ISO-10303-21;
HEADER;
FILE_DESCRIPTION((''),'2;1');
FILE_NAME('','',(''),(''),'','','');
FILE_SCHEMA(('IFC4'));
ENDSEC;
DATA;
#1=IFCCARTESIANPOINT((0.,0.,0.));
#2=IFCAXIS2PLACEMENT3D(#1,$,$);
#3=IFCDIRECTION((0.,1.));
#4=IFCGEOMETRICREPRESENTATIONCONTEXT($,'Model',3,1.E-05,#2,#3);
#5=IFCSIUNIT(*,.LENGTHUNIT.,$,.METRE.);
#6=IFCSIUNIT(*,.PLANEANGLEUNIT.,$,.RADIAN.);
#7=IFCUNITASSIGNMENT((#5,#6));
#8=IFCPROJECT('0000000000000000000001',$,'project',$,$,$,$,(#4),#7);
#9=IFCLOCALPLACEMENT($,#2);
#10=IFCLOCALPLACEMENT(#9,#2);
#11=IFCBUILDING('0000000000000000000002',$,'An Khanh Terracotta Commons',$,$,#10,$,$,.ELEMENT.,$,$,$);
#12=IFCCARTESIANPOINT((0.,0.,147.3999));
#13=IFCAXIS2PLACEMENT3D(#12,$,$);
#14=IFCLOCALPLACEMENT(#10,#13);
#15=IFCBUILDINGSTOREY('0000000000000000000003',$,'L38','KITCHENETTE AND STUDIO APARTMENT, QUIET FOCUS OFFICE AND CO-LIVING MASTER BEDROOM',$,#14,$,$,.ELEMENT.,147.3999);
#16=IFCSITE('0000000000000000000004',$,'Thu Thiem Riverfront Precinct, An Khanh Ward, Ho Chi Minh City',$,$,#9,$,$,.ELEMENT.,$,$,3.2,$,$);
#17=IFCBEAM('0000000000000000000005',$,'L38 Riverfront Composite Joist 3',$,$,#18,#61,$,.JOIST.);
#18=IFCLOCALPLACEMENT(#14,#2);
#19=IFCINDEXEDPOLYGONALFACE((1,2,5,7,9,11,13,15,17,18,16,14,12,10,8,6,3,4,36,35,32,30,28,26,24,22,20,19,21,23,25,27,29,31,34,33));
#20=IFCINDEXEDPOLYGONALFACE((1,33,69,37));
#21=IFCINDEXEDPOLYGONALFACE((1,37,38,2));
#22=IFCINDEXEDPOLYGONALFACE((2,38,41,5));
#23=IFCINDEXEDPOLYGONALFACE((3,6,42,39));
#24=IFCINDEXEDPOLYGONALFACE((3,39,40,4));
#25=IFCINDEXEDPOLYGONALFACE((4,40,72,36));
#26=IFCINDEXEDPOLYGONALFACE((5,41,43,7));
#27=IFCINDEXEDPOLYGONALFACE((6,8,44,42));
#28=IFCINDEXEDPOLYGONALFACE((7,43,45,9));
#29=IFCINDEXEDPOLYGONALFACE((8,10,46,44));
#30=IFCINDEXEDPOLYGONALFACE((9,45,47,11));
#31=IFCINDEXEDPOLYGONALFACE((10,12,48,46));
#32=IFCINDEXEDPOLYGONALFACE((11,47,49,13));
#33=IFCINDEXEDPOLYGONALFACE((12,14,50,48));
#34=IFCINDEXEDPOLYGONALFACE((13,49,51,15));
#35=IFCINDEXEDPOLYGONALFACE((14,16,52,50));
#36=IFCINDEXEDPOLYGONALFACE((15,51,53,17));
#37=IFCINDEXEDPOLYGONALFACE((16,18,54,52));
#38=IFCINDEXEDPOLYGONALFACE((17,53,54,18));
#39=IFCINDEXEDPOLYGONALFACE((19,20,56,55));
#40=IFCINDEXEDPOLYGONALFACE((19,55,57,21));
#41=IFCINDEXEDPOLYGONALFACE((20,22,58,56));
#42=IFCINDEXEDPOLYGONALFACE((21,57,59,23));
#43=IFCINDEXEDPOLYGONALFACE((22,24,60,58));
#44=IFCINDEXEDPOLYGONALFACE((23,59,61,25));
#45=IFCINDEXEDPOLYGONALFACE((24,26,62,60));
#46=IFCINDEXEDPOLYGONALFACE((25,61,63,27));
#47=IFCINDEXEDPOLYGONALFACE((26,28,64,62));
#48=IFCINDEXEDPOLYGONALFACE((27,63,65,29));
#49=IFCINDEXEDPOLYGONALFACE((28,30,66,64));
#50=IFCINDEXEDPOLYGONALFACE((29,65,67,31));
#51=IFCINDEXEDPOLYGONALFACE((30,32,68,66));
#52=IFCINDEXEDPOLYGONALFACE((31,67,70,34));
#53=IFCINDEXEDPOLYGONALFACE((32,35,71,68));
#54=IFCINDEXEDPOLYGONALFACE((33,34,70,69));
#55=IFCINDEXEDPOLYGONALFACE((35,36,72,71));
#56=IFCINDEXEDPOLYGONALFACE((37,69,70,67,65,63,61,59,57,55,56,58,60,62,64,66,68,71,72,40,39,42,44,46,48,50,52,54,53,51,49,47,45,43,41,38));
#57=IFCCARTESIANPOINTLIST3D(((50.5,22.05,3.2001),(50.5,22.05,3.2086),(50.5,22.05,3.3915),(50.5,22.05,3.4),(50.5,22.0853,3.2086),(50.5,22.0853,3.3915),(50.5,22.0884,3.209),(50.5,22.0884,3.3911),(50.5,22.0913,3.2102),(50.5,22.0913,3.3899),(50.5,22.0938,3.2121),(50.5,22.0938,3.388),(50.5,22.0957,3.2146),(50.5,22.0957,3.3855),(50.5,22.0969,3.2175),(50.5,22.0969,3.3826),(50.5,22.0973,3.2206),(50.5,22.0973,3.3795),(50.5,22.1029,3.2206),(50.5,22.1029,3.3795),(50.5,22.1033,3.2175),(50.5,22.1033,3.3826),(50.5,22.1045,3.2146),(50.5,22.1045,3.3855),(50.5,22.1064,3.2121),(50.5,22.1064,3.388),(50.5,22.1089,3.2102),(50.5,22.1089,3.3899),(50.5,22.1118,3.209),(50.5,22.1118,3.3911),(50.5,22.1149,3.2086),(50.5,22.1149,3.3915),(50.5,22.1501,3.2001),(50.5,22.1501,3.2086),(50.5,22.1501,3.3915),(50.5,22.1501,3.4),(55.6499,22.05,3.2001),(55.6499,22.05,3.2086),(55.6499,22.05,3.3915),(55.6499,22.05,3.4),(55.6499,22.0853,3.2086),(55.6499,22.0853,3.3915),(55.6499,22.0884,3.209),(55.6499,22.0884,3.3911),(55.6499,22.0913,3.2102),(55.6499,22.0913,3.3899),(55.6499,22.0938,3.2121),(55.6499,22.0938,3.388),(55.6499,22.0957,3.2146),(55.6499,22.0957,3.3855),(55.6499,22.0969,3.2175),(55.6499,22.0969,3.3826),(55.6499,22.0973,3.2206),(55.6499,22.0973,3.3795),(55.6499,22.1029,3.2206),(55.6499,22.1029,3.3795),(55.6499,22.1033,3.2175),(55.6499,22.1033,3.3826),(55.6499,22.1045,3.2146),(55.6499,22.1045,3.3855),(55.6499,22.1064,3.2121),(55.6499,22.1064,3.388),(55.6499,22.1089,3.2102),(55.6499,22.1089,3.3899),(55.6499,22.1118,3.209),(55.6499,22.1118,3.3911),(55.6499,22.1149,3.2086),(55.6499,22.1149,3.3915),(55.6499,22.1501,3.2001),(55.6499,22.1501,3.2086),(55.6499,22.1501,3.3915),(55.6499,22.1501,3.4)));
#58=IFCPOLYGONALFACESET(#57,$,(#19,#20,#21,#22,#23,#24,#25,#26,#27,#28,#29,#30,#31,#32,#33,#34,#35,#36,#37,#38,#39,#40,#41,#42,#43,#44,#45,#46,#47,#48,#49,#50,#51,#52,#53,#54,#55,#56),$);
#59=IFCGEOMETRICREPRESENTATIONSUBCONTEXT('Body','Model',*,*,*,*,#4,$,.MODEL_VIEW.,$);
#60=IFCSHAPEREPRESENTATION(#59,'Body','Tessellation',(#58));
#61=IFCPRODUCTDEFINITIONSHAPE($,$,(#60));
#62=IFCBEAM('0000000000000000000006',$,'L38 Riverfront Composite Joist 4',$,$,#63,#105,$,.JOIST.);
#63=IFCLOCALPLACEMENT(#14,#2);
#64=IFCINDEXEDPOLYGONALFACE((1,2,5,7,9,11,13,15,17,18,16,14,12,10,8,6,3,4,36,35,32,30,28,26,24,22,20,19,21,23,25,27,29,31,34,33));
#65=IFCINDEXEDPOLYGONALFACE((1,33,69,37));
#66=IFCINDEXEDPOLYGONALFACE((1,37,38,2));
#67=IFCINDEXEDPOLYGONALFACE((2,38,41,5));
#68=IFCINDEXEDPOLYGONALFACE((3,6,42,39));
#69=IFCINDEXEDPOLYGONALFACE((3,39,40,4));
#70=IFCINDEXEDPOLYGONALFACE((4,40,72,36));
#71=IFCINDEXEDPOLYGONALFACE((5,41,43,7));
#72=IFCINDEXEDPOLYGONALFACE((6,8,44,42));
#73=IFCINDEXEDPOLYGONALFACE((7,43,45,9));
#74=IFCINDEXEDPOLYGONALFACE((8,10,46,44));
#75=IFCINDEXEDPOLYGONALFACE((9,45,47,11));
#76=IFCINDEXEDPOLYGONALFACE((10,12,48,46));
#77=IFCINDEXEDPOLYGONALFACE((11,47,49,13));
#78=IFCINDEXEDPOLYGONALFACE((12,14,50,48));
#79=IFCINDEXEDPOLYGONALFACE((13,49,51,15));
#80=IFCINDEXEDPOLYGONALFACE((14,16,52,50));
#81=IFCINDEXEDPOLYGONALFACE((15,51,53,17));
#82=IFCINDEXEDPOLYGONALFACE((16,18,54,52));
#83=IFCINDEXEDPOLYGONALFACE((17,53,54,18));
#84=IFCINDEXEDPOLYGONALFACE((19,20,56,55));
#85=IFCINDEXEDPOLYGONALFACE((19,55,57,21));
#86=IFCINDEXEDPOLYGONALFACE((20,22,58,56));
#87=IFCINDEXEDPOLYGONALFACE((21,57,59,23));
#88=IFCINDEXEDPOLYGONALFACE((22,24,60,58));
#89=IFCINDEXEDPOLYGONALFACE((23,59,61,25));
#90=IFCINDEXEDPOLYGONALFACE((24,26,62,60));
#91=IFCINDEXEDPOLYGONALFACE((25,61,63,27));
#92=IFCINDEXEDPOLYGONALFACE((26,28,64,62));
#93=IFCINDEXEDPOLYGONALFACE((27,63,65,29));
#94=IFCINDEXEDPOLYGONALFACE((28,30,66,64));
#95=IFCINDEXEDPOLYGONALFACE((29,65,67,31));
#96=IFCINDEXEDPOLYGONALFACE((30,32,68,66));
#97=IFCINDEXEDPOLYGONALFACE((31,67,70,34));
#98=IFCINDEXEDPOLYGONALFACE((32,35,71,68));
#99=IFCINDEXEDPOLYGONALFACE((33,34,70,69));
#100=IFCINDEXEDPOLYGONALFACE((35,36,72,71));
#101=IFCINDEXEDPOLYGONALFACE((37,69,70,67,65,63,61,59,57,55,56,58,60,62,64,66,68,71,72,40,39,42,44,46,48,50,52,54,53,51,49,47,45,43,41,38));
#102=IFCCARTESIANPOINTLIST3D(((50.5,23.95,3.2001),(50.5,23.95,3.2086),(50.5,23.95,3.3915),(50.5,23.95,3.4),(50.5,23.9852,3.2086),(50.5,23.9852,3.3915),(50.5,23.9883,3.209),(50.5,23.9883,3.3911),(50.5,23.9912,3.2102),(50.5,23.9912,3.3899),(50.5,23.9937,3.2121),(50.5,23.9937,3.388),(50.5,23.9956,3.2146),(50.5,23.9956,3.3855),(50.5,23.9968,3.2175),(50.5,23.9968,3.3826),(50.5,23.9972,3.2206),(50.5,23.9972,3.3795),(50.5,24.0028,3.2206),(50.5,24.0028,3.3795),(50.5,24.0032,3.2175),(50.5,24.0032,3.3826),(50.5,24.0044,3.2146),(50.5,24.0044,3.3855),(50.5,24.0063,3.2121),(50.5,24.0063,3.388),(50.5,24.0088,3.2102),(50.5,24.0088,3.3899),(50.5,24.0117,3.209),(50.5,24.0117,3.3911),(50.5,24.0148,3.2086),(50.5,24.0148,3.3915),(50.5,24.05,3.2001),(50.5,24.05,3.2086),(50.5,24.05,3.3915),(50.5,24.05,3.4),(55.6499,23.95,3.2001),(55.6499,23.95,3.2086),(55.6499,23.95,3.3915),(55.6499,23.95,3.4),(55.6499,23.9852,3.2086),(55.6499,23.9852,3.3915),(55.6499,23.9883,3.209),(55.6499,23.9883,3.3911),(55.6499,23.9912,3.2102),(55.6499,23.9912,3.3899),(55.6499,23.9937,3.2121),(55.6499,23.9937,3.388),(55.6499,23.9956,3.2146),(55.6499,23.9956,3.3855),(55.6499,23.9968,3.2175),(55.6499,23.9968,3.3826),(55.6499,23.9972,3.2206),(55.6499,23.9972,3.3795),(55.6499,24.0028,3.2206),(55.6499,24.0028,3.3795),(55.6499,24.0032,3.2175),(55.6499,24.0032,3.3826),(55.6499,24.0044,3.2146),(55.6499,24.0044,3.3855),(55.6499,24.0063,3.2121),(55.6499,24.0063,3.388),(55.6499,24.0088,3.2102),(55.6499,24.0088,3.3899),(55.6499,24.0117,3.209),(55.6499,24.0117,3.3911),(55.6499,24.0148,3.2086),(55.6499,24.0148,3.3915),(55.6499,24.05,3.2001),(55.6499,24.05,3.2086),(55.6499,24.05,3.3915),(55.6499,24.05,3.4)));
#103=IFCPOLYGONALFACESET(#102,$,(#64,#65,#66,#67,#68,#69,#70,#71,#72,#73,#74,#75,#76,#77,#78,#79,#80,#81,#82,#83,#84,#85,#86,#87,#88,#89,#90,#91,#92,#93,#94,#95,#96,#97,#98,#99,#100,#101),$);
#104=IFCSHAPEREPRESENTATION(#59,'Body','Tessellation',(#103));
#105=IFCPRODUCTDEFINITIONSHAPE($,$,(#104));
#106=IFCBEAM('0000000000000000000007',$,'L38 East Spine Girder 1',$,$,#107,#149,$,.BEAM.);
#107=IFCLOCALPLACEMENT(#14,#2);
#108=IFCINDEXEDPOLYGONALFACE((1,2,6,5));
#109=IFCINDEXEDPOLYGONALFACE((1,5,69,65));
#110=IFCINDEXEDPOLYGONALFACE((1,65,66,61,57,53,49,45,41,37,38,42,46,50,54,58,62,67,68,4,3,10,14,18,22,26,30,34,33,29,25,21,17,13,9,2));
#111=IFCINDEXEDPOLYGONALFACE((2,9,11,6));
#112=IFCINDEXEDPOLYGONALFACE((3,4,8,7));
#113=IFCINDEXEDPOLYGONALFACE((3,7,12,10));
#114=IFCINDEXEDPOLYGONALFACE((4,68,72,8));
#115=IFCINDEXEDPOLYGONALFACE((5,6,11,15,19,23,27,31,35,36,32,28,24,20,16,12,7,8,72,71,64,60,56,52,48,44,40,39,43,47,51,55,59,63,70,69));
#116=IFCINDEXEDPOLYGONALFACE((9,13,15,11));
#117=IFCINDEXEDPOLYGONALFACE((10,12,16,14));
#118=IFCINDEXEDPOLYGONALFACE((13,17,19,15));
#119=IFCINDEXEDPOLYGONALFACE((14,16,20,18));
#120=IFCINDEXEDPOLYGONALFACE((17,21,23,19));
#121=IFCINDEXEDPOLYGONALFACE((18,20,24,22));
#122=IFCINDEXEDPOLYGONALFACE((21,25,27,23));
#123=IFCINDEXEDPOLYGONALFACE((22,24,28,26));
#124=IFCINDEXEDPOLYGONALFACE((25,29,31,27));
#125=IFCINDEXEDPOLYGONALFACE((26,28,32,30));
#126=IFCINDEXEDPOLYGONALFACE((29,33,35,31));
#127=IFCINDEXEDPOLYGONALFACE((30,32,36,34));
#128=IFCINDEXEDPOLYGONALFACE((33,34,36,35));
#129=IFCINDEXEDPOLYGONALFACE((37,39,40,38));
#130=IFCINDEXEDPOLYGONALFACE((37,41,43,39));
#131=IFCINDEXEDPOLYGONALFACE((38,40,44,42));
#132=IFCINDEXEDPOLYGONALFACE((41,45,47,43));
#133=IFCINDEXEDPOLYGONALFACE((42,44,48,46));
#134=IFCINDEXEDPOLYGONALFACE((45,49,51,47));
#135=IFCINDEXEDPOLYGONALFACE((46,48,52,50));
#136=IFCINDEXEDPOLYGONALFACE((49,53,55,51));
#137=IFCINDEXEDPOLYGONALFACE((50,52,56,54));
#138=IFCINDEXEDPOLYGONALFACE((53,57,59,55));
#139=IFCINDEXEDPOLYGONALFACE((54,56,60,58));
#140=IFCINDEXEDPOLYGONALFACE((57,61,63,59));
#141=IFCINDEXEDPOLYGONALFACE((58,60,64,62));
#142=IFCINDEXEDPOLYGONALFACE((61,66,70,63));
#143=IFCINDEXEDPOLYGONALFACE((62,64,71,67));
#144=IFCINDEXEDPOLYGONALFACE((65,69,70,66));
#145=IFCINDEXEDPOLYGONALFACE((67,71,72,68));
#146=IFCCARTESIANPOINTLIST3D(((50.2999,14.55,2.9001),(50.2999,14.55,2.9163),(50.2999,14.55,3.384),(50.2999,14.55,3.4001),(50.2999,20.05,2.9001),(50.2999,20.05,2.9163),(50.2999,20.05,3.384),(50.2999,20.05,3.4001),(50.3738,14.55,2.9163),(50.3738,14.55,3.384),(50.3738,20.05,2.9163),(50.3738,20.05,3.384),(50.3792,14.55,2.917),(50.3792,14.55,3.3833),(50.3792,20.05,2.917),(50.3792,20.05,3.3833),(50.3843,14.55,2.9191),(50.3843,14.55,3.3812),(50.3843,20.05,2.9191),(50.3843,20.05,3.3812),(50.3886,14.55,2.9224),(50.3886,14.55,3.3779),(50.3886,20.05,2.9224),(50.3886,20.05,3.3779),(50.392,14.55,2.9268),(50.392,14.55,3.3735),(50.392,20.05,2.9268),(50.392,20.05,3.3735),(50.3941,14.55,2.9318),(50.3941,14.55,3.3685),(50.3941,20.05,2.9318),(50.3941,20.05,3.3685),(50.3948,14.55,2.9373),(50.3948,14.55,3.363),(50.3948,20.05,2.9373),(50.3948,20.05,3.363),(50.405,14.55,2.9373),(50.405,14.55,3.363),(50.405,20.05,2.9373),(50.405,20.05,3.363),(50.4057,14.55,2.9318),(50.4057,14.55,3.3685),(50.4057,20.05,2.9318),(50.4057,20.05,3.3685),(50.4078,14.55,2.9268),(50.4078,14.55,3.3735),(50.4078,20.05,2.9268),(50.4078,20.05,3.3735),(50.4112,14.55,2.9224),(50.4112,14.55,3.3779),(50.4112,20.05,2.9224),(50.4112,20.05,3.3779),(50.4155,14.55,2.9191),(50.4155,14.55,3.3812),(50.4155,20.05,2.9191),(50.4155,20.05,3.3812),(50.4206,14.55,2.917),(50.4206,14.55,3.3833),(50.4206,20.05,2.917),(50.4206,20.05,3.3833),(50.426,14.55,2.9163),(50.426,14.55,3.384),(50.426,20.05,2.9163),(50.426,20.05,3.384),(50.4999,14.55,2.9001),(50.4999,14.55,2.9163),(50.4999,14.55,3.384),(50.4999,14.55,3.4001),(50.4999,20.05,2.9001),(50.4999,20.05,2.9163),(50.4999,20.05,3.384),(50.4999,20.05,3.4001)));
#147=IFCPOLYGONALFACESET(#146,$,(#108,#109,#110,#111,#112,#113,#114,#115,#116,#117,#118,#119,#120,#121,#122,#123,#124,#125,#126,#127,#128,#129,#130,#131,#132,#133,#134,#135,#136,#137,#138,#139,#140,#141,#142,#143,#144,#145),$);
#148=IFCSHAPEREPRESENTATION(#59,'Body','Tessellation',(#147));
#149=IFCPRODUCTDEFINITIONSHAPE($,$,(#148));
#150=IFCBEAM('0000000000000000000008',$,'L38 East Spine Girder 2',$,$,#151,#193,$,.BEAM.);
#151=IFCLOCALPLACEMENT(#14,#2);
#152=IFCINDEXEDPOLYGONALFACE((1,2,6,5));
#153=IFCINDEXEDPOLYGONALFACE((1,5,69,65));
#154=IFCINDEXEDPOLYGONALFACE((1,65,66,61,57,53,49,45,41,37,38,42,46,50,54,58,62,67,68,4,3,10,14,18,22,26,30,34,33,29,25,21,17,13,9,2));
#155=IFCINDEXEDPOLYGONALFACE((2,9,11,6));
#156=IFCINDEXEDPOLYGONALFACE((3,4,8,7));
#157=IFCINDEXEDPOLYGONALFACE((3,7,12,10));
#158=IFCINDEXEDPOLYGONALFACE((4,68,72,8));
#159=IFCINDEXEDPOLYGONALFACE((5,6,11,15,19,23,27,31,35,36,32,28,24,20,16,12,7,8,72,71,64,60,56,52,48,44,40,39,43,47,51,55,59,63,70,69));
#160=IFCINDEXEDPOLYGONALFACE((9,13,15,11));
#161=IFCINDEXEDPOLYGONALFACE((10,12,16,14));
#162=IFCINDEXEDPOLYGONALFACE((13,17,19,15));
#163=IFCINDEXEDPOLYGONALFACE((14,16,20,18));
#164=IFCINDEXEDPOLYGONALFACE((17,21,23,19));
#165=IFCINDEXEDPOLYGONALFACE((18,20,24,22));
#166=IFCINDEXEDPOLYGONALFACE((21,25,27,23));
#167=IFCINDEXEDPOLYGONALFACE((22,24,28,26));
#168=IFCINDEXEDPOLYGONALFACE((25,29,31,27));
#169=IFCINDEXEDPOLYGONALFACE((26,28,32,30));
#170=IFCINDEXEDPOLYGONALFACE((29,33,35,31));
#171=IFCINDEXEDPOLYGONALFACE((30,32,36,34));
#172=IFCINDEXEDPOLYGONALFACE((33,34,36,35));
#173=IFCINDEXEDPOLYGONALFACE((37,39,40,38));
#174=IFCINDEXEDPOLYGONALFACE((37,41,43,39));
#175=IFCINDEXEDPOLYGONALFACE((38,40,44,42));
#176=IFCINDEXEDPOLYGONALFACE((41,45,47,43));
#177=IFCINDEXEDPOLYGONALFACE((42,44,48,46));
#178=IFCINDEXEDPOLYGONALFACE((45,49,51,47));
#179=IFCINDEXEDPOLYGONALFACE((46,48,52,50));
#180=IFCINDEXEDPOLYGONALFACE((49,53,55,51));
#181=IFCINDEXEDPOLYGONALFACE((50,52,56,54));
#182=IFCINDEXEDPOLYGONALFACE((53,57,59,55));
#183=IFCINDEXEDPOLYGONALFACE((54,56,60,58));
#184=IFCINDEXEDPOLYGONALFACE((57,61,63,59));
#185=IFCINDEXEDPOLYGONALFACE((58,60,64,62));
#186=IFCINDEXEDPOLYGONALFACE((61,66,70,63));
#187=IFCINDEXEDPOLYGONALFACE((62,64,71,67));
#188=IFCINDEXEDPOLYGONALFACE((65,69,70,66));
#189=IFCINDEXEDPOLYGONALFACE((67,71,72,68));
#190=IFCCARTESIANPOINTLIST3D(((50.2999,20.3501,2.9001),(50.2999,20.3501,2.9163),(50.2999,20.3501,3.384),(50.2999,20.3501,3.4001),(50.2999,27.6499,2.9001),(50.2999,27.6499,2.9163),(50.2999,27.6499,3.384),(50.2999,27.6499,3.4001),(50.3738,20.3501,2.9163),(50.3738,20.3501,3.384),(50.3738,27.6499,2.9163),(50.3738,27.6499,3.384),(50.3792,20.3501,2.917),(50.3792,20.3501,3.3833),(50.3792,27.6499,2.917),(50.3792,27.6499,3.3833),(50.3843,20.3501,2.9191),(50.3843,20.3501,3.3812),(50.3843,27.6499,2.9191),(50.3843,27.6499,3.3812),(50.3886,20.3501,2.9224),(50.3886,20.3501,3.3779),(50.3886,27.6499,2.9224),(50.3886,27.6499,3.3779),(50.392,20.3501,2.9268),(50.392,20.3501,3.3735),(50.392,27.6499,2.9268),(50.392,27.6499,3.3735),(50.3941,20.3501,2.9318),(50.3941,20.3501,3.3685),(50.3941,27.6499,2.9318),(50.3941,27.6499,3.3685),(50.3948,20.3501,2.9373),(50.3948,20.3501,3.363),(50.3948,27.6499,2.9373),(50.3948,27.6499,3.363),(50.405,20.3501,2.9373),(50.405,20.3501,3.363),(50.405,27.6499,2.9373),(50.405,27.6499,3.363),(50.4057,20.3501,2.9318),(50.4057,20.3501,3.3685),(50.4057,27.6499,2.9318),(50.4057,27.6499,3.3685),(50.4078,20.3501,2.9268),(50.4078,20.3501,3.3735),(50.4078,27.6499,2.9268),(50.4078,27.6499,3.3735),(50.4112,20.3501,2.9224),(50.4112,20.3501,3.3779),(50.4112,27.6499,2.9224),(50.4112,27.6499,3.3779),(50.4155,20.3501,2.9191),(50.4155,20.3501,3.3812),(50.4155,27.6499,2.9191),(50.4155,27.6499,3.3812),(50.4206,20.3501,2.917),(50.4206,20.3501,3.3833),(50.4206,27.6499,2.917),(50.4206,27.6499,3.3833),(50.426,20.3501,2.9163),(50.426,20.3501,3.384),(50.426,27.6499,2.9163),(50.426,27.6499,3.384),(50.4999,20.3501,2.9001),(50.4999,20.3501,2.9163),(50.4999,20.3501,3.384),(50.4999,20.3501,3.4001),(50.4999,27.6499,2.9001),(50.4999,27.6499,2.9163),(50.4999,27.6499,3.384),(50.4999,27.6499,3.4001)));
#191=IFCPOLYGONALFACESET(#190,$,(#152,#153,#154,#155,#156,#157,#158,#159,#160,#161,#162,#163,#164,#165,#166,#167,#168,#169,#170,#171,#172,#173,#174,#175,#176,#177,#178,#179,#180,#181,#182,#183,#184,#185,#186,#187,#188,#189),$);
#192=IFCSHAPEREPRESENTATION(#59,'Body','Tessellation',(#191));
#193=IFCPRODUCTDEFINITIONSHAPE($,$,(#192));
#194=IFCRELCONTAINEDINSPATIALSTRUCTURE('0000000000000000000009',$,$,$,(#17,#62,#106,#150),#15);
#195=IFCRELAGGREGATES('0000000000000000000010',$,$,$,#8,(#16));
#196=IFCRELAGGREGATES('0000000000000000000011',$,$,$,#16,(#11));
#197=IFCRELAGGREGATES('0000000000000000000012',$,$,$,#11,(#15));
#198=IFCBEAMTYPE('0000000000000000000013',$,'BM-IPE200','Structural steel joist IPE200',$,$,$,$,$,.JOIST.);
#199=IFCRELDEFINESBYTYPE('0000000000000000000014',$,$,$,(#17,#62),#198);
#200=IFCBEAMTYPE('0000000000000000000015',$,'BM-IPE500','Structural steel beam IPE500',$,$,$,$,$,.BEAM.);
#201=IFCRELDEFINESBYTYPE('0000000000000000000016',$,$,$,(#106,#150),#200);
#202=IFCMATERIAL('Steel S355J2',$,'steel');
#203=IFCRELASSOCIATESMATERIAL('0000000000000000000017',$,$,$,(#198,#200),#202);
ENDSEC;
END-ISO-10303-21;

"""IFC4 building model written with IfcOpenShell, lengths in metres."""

from ifc_helpers import new_model, si_unit, direction, frame, origin, origin_2d, place, context, subcontext, project, spatial, i_section, extrude, material, material_profile, profile_set, type_object, element, save


model = new_model("IFC4")

# Units and contexts
model_context = context("Model", 3, precision=1e-05, world=origin(), true_north=direction((0.0, 1.0)))
body_context = subcontext(model_context, "Body", "Model", "MODEL_VIEW")
ifc_project = project(units=[si_unit("LENGTHUNIT", "METRE"), si_unit("PLANEANGLEUNIT", "RADIAN")], contexts=[model_context])

# Site, building, storey
site_placement = place(None, origin())
site = spatial("IfcSite", under=ifc_project, at=site_placement, Name="Thu Thiem Riverfront Precinct, An Khanh Ward, Ho Chi Minh City", CompositionType="ELEMENT", RefElevation=3.2)
building_placement = place(site_placement, origin())
building = spatial("IfcBuilding", under=site, at=building_placement, Name="An Khanh Terracotta Commons", CompositionType="ELEMENT")
storey_placement = place(building_placement, frame((0.0, 0.0, 147.3999)))
storey = spatial("IfcBuildingStorey", under=building, at=storey_placement, Name="L38", Description="KITCHENETTE AND STUDIO APARTMENT, QUIET FOCUS OFFICE AND CO-LIVING MASTER BEDROOM", CompositionType="ELEMENT", Elevation=147.3999)

# Beams
ifc_material_1 = material(Name="Steel S355J2", Category="steel")
ifc_material_profile_1 = material_profile(ifc_material_1, i_section(OverallWidth=0.1001, OverallDepth=0.2, WebThickness=0.0056, FlangeThickness=0.0085, FilletRadius=0.012, at=origin_2d()), Name="IPE200")
ifc_profile_set_1 = profile_set([ifc_material_profile_1], Name="Steel S355J2")
beam_type_1 = type_object("IfcBeamType", Name="BM-IPE200", Description="Structural steel joist IPE200", PredefinedType="JOIST", material=ifc_profile_set_1)
for number, where, z_axis, x_axis, name in (
    (1, (50.5, 22.1001, 3.3), (1.0, 0.0, 0.0), (0.0, 1.0, 0.0), "L38 Riverfront Composite Joist 3"),
    (2, (50.5, 24.0, 3.3), (1.0, 0.0, 0.0), (0.0, 1.0, 0.0), "L38 Riverfront Composite Joist 4"),
):
    element("IfcBeam", number, at=place(storey_placement, frame(where, z_axis=z_axis, x_axis=x_axis)), inside=storey, type_object=beam_type_1, Name=name, PredefinedType="JOIST", context=body_context, shape_type="SweptSolid", body=[
        extrude(i_section(OverallWidth=0.1001, OverallDepth=0.2, WebThickness=0.0056, FlangeThickness=0.0085, FilletRadius=0.012, at=origin_2d()), origin(), (0.0, 0.0, 1.0), 5.1499),
    ])
ifc_material_profile_2 = material_profile(ifc_material_1, i_section(OverallWidth=0.2, OverallDepth=0.5, WebThickness=0.0103, FlangeThickness=0.0161, FilletRadius=0.021, at=origin_2d()), Name="IPE500")
ifc_profile_set_2 = profile_set([ifc_material_profile_2], Name="Steel S355J2")
beam_type_2 = type_object("IfcBeamType", Name="BM-IPE500", Description="Structural steel beam IPE500", PredefinedType="BEAM", material=ifc_profile_set_2)
beam_1_placement = place(storey_placement, frame((50.3999, 14.55, 3.1501), z_axis=(0.0, 1.0, 0.0), x_axis=(-1.0, 0.0, 0.0)))
element("IfcBeam", 3, at=beam_1_placement, inside=storey, type_object=beam_type_2, Name="L38 East Spine Girder 1", PredefinedType="BEAM", context=body_context, shape_type="SweptSolid", body=[
    extrude(i_section(OverallWidth=0.2, OverallDepth=0.5, WebThickness=0.0103, FlangeThickness=0.0161, FilletRadius=0.021, at=origin_2d()), origin(), (0.0, 0.0, 1.0), 5.5),
])
beam_2_placement = place(storey_placement, frame((50.3999, 20.3501, 3.1501), z_axis=(0.0, 1.0, 0.0), x_axis=(-1.0, 0.0, 0.0)))
element("IfcBeam", 4, at=beam_2_placement, inside=storey, type_object=beam_type_2, Name="L38 East Spine Girder 2", PredefinedType="BEAM", context=body_context, shape_type="SweptSolid", body=[
    extrude(i_section(OverallWidth=0.2, OverallDepth=0.5, WebThickness=0.0103, FlangeThickness=0.0161, FilletRadius=0.021, at=origin_2d()), origin(), (0.0, 0.0, 1.0), 7.2998),
])

save(model, "model.ifc")
